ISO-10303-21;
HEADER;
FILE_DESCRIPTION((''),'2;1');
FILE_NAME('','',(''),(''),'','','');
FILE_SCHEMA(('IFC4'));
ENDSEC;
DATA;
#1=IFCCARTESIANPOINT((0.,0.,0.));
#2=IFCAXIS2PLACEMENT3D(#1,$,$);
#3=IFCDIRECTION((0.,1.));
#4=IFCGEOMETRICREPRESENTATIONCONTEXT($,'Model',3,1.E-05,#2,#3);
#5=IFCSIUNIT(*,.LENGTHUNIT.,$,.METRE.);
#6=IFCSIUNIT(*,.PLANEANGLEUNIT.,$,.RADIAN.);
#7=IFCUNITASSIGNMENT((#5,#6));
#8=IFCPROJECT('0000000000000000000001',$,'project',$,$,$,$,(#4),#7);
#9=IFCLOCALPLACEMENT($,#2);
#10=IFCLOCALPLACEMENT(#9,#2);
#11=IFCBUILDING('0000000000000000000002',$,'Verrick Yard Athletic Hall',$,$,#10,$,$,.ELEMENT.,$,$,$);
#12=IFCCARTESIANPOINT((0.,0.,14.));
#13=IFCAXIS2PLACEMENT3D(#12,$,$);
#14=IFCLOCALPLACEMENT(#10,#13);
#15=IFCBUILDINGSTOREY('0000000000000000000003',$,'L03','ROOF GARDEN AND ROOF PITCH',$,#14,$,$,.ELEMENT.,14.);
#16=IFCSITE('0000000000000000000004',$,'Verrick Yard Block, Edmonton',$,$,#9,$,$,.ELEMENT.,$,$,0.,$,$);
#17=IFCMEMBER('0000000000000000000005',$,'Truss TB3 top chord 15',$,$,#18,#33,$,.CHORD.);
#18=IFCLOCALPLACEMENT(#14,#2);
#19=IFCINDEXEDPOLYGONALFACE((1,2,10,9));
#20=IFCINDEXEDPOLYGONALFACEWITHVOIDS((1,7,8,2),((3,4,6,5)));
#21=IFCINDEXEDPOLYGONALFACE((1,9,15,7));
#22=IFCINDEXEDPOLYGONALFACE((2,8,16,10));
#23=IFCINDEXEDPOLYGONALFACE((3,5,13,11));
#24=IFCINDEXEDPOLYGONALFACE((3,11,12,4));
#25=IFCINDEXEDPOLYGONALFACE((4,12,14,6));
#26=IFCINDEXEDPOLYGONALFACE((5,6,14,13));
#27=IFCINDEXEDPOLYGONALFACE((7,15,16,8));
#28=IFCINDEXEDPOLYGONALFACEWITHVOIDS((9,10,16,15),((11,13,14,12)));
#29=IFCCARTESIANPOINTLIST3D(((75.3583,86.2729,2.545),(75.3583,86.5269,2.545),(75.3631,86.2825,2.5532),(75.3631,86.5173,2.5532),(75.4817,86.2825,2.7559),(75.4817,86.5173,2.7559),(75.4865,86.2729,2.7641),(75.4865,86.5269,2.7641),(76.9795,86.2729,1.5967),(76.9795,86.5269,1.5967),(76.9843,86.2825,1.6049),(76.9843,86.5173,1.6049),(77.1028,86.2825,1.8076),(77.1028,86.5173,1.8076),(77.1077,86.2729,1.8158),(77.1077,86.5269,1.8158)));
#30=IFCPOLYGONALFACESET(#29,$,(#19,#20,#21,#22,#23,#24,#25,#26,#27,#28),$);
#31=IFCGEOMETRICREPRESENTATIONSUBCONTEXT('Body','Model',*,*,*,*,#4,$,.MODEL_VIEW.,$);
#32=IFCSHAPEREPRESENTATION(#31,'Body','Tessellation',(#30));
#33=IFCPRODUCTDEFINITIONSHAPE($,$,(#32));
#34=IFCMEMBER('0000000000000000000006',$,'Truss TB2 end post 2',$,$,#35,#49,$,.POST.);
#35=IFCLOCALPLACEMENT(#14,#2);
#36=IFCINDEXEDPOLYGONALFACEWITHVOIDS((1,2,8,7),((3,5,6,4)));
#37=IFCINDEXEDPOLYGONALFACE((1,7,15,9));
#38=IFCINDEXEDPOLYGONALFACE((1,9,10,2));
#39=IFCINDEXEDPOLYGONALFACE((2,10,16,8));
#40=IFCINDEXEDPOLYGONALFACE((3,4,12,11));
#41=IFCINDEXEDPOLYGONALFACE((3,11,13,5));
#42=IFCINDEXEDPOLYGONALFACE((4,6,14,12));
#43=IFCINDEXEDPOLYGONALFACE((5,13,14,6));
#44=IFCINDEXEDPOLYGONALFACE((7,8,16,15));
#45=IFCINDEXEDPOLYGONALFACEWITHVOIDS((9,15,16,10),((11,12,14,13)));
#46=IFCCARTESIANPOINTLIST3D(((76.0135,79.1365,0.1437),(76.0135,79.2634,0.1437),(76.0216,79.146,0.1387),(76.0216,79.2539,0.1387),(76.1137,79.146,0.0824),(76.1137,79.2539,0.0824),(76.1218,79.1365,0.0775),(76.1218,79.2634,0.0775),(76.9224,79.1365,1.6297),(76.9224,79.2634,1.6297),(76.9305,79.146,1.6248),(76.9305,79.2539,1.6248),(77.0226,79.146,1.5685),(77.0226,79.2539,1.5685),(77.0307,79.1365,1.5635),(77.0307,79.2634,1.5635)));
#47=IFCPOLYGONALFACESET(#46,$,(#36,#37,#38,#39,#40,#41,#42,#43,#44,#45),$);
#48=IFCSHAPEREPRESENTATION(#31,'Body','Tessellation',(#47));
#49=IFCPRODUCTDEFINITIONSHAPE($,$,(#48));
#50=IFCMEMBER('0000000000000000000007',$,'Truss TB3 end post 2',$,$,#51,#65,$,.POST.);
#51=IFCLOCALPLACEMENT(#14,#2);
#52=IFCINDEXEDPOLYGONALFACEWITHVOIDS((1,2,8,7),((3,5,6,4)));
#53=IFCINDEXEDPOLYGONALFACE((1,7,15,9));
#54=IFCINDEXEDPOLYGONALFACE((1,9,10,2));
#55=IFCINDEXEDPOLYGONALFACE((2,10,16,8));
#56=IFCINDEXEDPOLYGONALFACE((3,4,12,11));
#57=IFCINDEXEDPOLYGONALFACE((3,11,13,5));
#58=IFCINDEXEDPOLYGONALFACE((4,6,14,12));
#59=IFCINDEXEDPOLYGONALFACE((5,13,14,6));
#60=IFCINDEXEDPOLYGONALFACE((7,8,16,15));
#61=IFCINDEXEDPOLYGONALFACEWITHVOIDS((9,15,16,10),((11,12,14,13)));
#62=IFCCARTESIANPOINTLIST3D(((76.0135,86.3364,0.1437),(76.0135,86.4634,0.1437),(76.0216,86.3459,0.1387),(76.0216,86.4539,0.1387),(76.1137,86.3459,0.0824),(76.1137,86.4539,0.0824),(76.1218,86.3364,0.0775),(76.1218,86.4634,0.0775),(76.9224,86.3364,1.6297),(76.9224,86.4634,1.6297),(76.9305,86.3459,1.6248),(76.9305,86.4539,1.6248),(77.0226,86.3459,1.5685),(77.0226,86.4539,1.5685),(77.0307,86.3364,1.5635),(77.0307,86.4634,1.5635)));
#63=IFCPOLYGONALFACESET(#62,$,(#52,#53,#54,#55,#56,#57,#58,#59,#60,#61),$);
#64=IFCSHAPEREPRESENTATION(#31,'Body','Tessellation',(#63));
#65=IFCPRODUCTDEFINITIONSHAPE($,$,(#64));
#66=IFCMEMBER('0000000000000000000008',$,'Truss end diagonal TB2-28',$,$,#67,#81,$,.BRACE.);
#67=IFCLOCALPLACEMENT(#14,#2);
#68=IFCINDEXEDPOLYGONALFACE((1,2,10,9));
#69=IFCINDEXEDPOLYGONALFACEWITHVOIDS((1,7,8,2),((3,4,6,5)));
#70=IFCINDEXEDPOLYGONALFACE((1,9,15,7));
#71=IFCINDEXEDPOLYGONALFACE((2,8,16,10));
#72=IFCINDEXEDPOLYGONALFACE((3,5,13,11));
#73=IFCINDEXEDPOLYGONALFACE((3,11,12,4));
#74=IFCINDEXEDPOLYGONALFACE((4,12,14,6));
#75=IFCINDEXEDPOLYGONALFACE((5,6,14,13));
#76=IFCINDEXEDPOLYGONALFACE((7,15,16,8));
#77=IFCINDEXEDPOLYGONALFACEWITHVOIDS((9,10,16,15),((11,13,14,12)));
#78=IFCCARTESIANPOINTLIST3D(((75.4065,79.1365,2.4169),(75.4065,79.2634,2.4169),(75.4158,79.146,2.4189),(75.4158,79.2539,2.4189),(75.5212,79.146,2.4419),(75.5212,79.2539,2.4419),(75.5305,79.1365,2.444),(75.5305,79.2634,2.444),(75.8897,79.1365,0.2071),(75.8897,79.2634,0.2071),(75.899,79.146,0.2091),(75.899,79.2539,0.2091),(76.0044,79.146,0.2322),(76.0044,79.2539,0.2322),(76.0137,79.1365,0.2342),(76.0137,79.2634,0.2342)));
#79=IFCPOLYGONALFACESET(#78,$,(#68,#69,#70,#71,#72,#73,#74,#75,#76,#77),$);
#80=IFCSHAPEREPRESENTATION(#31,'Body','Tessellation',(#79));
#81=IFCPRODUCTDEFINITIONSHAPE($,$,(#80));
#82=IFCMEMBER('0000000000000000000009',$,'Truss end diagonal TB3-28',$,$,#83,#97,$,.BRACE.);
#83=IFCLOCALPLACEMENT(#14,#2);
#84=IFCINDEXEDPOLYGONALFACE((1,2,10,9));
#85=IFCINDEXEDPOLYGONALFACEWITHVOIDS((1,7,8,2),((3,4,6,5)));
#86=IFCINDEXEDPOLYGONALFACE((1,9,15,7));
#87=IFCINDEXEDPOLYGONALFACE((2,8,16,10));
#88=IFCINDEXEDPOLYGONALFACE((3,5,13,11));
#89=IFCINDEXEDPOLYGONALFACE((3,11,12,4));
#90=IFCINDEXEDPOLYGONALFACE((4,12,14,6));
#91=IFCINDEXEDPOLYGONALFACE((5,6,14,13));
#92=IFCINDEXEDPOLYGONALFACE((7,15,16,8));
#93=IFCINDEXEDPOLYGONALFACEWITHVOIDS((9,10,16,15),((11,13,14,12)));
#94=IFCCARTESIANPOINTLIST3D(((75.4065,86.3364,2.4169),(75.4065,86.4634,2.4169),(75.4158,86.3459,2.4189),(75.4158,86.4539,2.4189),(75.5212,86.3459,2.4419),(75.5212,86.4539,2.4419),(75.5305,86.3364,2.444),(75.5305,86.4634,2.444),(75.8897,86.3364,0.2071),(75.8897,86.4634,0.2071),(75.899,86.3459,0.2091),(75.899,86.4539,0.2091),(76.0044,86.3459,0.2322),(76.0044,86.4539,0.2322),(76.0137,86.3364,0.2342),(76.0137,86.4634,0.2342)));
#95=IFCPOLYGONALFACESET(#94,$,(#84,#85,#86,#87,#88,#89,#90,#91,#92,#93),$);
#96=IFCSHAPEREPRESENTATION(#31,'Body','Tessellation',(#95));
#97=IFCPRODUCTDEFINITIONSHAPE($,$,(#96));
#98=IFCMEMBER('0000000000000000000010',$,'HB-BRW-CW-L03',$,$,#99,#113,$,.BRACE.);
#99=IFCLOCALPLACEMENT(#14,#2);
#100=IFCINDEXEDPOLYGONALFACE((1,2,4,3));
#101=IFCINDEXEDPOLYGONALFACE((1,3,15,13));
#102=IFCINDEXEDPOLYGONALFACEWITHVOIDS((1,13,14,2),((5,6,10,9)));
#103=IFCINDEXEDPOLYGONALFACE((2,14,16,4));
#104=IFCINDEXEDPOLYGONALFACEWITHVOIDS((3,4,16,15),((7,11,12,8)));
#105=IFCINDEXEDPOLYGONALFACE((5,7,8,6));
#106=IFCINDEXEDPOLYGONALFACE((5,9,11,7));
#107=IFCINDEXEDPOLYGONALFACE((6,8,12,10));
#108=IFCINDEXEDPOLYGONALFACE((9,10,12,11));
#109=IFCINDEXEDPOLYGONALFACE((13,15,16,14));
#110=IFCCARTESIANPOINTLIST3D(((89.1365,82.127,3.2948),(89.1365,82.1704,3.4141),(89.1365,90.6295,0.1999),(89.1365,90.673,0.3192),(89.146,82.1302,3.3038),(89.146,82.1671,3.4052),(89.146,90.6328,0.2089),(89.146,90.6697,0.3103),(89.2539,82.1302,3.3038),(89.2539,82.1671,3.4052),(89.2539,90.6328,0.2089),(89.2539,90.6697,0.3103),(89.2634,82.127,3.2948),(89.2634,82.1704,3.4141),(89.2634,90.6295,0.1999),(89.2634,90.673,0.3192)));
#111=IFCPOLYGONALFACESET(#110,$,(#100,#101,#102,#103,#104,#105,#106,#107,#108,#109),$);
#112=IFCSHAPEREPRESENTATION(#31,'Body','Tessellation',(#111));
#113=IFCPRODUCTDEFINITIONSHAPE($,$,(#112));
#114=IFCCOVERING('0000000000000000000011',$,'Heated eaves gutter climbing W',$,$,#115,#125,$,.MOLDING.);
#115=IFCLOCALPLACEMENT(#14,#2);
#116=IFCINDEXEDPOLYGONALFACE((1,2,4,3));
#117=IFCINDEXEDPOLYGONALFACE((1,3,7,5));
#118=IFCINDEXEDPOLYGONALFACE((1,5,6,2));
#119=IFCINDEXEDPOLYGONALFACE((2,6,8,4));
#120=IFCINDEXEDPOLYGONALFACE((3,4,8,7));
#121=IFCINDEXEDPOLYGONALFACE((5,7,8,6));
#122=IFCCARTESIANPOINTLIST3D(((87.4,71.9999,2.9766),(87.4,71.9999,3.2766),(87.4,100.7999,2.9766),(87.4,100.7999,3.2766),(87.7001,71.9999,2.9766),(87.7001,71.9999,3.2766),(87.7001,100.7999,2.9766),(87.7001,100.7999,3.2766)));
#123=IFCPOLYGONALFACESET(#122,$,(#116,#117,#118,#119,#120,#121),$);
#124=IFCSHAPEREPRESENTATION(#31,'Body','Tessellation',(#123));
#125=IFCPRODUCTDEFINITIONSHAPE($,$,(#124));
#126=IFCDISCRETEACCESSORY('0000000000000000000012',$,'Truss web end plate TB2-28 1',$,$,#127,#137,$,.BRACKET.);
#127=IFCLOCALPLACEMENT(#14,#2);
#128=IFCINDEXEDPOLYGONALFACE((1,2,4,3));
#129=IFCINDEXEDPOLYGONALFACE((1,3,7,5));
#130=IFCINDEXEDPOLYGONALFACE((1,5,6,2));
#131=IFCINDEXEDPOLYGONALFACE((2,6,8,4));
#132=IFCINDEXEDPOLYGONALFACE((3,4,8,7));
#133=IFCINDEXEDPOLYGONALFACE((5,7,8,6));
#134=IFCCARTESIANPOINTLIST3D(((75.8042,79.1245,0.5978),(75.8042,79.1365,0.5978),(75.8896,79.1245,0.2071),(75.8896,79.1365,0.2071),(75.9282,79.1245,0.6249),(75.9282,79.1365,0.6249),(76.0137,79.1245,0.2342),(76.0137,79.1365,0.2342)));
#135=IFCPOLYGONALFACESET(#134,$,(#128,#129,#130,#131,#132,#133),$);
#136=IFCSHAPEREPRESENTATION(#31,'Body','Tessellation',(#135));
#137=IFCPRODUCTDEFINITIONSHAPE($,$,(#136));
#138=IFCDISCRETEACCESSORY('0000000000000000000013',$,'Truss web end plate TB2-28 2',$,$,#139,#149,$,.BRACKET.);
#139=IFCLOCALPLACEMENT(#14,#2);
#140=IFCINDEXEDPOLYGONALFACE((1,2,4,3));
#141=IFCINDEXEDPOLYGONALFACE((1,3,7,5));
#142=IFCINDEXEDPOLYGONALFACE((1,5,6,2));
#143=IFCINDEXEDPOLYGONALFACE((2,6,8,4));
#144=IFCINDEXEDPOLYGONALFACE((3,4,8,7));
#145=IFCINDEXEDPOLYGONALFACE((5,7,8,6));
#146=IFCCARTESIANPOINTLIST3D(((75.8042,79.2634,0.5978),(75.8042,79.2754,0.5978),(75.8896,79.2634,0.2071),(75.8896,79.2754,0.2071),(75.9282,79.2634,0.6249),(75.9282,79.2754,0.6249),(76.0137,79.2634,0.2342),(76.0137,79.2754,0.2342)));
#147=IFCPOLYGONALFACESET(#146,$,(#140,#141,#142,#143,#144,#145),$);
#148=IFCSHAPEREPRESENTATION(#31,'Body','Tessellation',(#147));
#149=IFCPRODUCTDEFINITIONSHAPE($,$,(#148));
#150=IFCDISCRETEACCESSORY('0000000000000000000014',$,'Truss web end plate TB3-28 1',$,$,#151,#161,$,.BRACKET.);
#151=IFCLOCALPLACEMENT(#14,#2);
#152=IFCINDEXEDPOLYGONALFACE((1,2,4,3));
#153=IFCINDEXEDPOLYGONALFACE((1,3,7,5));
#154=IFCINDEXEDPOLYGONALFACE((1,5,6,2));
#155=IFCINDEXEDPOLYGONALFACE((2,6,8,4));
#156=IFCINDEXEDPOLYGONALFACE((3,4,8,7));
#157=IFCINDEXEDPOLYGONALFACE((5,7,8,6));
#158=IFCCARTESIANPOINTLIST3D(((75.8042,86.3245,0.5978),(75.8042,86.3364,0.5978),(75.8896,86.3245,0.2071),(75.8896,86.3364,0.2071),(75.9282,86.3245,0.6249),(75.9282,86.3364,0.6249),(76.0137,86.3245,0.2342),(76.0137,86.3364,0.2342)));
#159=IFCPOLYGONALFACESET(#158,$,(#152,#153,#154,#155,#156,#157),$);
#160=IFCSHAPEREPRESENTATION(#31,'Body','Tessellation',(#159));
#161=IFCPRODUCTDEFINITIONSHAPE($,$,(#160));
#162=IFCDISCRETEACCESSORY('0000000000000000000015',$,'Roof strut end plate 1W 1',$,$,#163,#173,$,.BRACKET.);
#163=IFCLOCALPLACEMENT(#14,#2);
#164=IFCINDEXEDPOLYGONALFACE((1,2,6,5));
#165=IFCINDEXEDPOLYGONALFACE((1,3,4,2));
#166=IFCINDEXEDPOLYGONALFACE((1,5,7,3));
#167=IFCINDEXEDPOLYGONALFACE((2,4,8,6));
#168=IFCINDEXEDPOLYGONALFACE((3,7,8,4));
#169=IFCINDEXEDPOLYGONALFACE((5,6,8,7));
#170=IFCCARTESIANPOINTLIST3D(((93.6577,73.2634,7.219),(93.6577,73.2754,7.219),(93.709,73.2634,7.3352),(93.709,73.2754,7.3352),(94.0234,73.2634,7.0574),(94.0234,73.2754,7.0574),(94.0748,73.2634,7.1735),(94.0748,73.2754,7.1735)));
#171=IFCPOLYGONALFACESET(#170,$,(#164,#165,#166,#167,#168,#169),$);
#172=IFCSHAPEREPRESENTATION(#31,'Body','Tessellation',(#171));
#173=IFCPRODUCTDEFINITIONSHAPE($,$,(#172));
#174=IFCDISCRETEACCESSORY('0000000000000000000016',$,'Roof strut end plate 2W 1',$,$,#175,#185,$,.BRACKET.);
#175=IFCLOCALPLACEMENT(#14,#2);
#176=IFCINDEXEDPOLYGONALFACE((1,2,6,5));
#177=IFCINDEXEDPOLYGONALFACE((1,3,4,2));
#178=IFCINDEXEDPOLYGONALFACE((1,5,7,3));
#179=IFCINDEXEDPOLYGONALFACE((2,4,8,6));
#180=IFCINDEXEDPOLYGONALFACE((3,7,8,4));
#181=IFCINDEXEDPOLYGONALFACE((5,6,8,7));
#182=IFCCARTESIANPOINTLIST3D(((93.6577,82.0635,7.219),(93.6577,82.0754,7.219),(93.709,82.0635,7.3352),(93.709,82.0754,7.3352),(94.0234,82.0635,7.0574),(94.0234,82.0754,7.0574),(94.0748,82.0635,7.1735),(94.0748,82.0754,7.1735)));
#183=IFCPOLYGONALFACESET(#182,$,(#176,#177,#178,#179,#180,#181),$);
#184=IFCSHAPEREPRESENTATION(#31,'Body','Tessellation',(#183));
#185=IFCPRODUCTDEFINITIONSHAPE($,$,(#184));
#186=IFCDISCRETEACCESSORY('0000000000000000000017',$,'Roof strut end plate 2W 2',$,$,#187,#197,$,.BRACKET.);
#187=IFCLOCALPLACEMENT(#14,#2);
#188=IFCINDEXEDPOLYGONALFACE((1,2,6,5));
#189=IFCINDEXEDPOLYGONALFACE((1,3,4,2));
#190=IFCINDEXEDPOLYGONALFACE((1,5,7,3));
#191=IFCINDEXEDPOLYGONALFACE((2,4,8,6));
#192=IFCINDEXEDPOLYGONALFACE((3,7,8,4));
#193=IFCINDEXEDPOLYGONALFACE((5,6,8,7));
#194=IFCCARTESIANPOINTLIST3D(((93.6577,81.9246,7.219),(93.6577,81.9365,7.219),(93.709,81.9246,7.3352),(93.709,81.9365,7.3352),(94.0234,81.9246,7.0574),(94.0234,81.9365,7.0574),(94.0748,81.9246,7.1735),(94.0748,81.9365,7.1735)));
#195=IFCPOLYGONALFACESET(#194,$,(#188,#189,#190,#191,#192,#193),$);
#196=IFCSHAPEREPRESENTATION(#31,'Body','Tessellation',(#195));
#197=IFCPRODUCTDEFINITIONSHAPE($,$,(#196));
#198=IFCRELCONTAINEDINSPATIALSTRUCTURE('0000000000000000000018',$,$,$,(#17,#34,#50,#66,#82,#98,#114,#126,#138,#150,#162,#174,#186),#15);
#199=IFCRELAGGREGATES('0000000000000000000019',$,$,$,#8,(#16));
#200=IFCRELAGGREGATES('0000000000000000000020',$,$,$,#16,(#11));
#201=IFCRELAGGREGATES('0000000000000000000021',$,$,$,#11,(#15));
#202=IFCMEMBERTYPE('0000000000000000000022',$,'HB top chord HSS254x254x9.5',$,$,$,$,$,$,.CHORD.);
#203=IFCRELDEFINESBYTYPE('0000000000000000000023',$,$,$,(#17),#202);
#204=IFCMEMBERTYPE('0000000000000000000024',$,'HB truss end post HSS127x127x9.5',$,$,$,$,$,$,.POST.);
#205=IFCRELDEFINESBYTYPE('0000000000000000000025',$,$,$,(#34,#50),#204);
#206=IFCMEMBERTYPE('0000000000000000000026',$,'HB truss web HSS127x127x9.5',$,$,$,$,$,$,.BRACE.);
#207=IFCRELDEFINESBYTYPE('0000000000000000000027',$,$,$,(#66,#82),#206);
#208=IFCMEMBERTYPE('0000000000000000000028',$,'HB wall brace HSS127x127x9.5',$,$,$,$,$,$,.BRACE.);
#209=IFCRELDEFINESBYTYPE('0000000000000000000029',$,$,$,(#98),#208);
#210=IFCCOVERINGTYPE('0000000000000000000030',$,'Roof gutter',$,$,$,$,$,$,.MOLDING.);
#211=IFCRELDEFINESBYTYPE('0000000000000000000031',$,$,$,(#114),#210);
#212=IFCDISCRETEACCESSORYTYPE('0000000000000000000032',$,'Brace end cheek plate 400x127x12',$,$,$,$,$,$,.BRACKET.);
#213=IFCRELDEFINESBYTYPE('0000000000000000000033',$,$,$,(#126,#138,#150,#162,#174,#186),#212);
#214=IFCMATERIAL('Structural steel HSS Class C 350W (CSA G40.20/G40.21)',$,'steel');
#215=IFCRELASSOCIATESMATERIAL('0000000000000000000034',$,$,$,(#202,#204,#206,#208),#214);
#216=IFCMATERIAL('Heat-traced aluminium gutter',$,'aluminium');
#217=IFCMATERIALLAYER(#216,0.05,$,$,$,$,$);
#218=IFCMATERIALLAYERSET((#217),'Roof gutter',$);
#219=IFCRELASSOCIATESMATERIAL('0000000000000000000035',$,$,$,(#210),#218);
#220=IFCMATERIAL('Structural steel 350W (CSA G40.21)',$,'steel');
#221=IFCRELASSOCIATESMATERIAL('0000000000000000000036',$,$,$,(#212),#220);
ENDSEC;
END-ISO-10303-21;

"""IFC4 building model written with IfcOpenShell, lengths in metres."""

from ifc_helpers import new_model, si_unit, direction, frame, origin, origin_2d, place, context, subcontext, project, spatial, rectangle, hollow_rectangle, extrude, material, layer, layer_set, material_profile, profile_set, type_object, element, save


model = new_model("IFC4")

# Units and contexts
model_context = context("Model", 3, precision=1e-05, world=origin(), true_north=direction((0.0, 1.0)))
body_context = subcontext(model_context, "Body", "Model", "MODEL_VIEW")
ifc_project = project(units=[si_unit("LENGTHUNIT", "METRE"), si_unit("PLANEANGLEUNIT", "RADIAN")], contexts=[model_context])

# Site, building, storey
site_placement = place(None, origin())
site = spatial("IfcSite", under=ifc_project, at=site_placement, Name="Verrick Yard Block, Edmonton", CompositionType="ELEMENT", RefElevation=0.0)
building_placement = place(site_placement, origin())
building = spatial("IfcBuilding", under=site, at=building_placement, Name="Verrick Yard Athletic Hall", CompositionType="ELEMENT")
storey_placement = place(building_placement, frame((0.0, 0.0, 14.0)))
storey = spatial("IfcBuildingStorey", under=building, at=storey_placement, Name="L03", Description="ROOF GARDEN AND ROOF PITCH", CompositionType="ELEMENT", Elevation=14.0)

# Shared definitions
ifc_material_1 = material(Name="Structural steel HSS Class C 350W (CSA G40.20/G40.21)", Category="steel")

# Members
ifc_material_profile_1 = material_profile(ifc_material_1, hollow_rectangle(XDim=0.2539, YDim=0.2539, WallThickness=0.0095, at=origin_2d()), Name="HSS254x254x9.5")
ifc_profile_set_1 = profile_set([ifc_material_profile_1], Name="Structural steel HSS Class C 350W (CSA G40.20/G40.21)")
member_type_1 = type_object("IfcMemberType", Name="HB top chord HSS254x254x9.5", PredefinedType="CHORD", material=ifc_profile_set_1)
member_1_placement = place(storey_placement, frame((75.4224, 86.3999, 2.6545), z_axis=(0.863175, 0.0, -0.504905), x_axis=(0.0, 1.0, 0.0)))
element("IfcMember", 1, at=member_1_placement, inside=storey, type_object=member_type_1, Name="Truss TB3 top chord 15", PredefinedType="CHORD", context=body_context, shape_type="SweptSolid", body=[
    extrude(hollow_rectangle(XDim=0.2539, YDim=0.2539, WallThickness=0.0095, at=origin_2d()), origin(), (0.0, 0.0, 1.0), 1.8782),
])
ifc_material_profile_2 = material_profile(ifc_material_1, hollow_rectangle(XDim=0.127, YDim=0.127, WallThickness=0.0095, at=origin_2d()), Name="HSS127x127x9.5")
ifc_profile_set_2 = profile_set([ifc_material_profile_2], Name="Structural steel HSS Class C 350W (CSA G40.20/G40.21)")
member_type_2 = type_object("IfcMemberType", Name="HB truss end post HSS127x127x9.5", PredefinedType="POST", material=ifc_profile_set_2)
for number, where, z_axis, x_axis, name in (
    (2, (76.0676, 79.2, 0.1106), (0.521773, 0.0, 0.853084), (0.0, 1.0, 0.0), "Truss TB2 end post 2"),
    (3, (76.0676, 86.3999, 0.1106), (0.521773, 0.0, 0.853084), (0.0, 1.0, 0.0), "Truss TB3 end post 2"),
):
    element("IfcMember", number, at=place(storey_placement, frame(where, z_axis=z_axis, x_axis=x_axis)), inside=storey, type_object=member_type_2, Name=name, PredefinedType="POST", context=body_context, shape_type="SweptSolid", body=[
        extrude(hollow_rectangle(XDim=0.127, YDim=0.127, WallThickness=0.0095, at=origin_2d()), origin(), (0.0, 0.0, 1.0), 1.7419),
    ])
ifc_material_profile_3 = material_profile(ifc_material_1, hollow_rectangle(XDim=0.127, YDim=0.127, WallThickness=0.0095, at=origin_2d()), Name="HSS127x127x9.5")
ifc_profile_set_3 = profile_set([ifc_material_profile_3], Name="Structural steel HSS Class C 350W (CSA G40.20/G40.21)")
member_type_3 = type_object("IfcMemberType", Name="HB truss web HSS127x127x9.5", PredefinedType="BRACE", material=ifc_profile_set_3)
for number, where, z_axis, x_axis, name in (
    (4, (75.4685, 79.2, 2.4304), (0.213604, 0.0, -0.97692), (0.0, 1.0, 0.0), "Truss end diagonal TB2-28"),
    (5, (75.4685, 86.3999, 2.4304), (0.213604, 0.0, -0.97692), (0.0, 1.0, 0.0), "Truss end diagonal TB3-28"),
):
    element("IfcMember", number, at=place(storey_placement, frame(where, z_axis=z_axis, x_axis=x_axis)), inside=storey, type_object=member_type_3, Name=name, PredefinedType="BRACE", context=body_context, shape_type="SweptSolid", body=[
        extrude(hollow_rectangle(XDim=0.127, YDim=0.127, WallThickness=0.0095, at=origin_2d()), origin(), (0.0, 0.0, 1.0), 2.262),
    ])
ifc_material_profile_4 = material_profile(ifc_material_1, hollow_rectangle(XDim=0.127, YDim=0.127, WallThickness=0.0095, at=origin_2d()), Name="HSS127x127x9.5")
ifc_profile_set_4 = profile_set([ifc_material_profile_4], Name="Structural steel HSS Class C 350W (CSA G40.20/G40.21)")
member_type_4 = type_object("IfcMemberType", Name="HB wall brace HSS127x127x9.5", PredefinedType="BRACE", material=ifc_profile_set_4)
member_2_placement = place(storey_placement, frame((89.2, 82.1487, 3.3545), z_axis=(0.0, 0.939684, -0.342044), x_axis=(-1.0, 0.0, 0.0)))
element("IfcMember", 6, at=member_2_placement, inside=storey, type_object=member_type_4, Name="HB-BRW-CW-L03", PredefinedType="BRACE", context=body_context, shape_type="SweptSolid", body=[
    extrude(hollow_rectangle(XDim=0.127, YDim=0.127, WallThickness=0.0095, at=origin_2d()), origin(), (0.0, 0.0, 1.0), 9.0483),
])

# Covering
ifc_material_2 = material(Name="Heat-traced aluminium gutter", Category="aluminium")
ifc_layer = layer(ifc_material_2, 0.05)
ifc_layer_set = layer_set([ifc_layer], Name="Roof gutter")
covering_type = type_object("IfcCoveringType", Name="Roof gutter", PredefinedType="MOLDING", material=ifc_layer_set)
covering_placement = place(storey_placement, frame((87.55, 86.3999, 2.9766), z_axis=(0.0, 0.0, 1.0), x_axis=(1.0, 0.0, 0.0)))
element("IfcCovering", 7, at=covering_placement, inside=storey, type_object=covering_type, Name="Heated eaves gutter climbing W", PredefinedType="MOLDING", context=body_context, shape_type="SweptSolid", body=[
    extrude(rectangle(XDim=0.3, YDim=28.8, at=origin_2d()), origin(), (0.0, 0.0, 1.0), 0.3),
])

# Discrete accessories
ifc_material_3 = material(Name="Structural steel 350W (CSA G40.21)", Category="steel")
ifc_material_profile_5 = material_profile(ifc_material_3, rectangle(XDim=0.3999, YDim=0.127, at=origin_2d()), Name="Brace end cheek plate")
ifc_profile_set_5 = profile_set([ifc_material_profile_5], Name="Structural steel 350W (CSA G40.21)")
discrete_accessory_type_1 = type_object("IfcDiscreteAccessoryType", Name="Brace end cheek plate 400x127x12", PredefinedType="BRACKET", material=ifc_profile_set_5)
for number, where, z_axis, x_axis, name in (
    (8, (75.9089, 79.1365, 0.416), (0.0, -1.0, 0.0), (-0.213605, 0.0, 0.97692), "Truss web end plate TB2-28 1"),
    (9, (75.9089, 79.2634, 0.416), (0.0, 1.0, 0.0), (-0.213605, 0.0, 0.97692), "Truss web end plate TB2-28 2"),
    (10, (75.9089, 86.3364, 0.416), (0.0, -1.0, 0.0), (-0.213605, 0.0, 0.97692), "Truss web end plate TB3-28 1"),
    (11, (93.8662, 73.2634, 7.1963), (0.0, 1.0, 0.0), (0.914688, 0.0, -0.40416), "Roof strut end plate 1W 1"),
    (12, (93.8662, 82.0635, 7.1963), (0.0, 1.0, 0.0), (0.914688, 0.0, -0.40416), "Roof strut end plate 2W 1"),
    (13, (93.8662, 81.9365, 7.1963), (0.0, -1.0, 0.0), (0.914688, 0.0, -0.40416), "Roof strut end plate 2W 2"),
):
    element("IfcDiscreteAccessory", number, at=place(storey_placement, frame(where, z_axis=z_axis, x_axis=x_axis)), inside=storey, type_object=discrete_accessory_type_1, Name=name, PredefinedType="BRACKET", context=body_context, shape_type="SweptSolid", body=[
        extrude(rectangle(XDim=0.3999, YDim=0.127, at=origin_2d()), origin(), (0.0, 0.0, 1.0), 0.012),
    ])

save(model, "model.ifc")
